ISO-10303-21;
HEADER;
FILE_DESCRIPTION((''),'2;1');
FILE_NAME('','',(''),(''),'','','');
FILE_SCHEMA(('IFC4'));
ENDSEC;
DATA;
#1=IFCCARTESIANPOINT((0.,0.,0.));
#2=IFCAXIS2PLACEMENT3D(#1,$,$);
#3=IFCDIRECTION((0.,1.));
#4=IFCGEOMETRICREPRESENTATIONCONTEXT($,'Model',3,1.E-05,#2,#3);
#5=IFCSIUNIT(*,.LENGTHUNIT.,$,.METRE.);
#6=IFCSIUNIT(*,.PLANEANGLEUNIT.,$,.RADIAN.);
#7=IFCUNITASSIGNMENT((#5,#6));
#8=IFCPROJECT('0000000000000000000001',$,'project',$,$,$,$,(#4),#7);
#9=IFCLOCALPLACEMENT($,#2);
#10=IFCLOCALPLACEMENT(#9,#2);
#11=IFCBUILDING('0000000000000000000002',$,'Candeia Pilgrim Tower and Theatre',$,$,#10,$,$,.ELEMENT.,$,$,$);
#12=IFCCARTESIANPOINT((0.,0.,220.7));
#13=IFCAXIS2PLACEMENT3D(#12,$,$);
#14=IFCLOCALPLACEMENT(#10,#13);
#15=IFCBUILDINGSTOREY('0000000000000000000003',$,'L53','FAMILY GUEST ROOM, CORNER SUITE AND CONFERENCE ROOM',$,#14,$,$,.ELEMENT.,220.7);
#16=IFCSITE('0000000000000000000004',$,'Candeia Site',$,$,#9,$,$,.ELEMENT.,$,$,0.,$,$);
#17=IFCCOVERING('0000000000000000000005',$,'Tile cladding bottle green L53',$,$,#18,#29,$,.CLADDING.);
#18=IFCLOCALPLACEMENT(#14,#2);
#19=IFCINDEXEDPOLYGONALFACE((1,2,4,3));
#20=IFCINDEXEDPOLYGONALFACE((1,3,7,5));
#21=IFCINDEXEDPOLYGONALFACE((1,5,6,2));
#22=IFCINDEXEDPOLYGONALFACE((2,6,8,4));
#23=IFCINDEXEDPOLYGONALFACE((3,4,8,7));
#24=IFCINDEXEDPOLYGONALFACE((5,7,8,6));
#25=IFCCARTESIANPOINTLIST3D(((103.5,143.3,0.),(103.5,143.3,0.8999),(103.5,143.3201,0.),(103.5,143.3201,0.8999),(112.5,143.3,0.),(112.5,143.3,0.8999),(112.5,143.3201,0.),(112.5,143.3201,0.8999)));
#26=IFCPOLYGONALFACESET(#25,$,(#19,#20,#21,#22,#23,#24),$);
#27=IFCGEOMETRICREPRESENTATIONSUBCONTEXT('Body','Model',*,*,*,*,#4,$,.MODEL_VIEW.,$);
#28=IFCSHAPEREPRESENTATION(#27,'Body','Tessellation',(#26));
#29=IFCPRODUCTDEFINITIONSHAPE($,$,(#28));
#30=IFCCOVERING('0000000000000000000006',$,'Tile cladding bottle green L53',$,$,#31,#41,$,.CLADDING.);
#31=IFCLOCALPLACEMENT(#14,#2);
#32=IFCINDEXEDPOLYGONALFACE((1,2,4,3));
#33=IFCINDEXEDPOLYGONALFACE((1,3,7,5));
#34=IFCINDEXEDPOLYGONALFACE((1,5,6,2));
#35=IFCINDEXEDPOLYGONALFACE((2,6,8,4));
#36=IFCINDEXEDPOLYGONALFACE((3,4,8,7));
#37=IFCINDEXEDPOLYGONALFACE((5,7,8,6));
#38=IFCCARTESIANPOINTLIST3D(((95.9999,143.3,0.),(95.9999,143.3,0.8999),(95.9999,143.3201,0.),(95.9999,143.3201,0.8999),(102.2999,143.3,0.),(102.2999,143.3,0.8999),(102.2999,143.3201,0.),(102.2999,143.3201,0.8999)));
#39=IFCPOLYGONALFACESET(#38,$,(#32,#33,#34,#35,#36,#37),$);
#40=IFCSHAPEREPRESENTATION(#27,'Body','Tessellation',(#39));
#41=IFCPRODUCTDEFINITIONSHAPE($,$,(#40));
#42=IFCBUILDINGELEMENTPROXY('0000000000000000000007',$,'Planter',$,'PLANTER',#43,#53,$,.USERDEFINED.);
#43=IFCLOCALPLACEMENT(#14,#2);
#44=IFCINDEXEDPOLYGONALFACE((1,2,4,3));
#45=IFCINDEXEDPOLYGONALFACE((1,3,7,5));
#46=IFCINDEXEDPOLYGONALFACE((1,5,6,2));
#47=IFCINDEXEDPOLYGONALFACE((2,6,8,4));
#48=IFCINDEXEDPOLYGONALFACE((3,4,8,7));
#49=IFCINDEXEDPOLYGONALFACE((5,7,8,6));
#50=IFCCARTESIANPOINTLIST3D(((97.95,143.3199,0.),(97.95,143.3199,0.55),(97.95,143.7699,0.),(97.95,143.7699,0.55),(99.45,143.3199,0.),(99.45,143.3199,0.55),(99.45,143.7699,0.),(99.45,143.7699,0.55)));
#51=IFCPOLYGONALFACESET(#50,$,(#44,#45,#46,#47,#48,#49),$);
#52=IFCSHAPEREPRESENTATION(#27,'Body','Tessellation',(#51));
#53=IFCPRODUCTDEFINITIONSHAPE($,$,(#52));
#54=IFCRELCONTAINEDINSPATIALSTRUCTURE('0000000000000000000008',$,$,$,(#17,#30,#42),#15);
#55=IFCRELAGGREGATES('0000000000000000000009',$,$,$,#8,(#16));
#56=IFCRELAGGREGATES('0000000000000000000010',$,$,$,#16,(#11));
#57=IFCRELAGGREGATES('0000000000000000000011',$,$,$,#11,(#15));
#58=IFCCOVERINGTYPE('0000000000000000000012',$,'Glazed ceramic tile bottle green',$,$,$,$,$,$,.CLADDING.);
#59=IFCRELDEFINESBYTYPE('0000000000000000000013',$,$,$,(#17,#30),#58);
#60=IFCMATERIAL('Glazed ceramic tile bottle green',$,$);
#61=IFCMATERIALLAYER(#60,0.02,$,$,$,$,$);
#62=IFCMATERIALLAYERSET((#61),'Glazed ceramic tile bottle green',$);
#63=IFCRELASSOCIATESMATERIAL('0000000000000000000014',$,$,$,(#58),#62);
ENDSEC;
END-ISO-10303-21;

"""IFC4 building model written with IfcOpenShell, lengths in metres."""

from ifc_helpers import new_model, si_unit, direction, frame, origin, origin_2d, place, context, subcontext, project, spatial, rectangle, extrude, material, layer, layer_set, type_object, element, save


model = new_model("IFC4")

# Units and contexts
model_context = context("Model", 3, precision=1e-05, world=origin(), true_north=direction((0.0, 1.0)))
body_context = subcontext(model_context, "Body", "Model", "MODEL_VIEW")
ifc_project = project(units=[si_unit("LENGTHUNIT", "METRE"), si_unit("PLANEANGLEUNIT", "RADIAN")], contexts=[model_context])

# Site, building, storey
site_placement = place(None, origin())
site = spatial("IfcSite", under=ifc_project, at=site_placement, Name="Candeia Site", CompositionType="ELEMENT", RefElevation=0.0)
building_placement = place(site_placement, origin())
building = spatial("IfcBuilding", under=site, at=building_placement, Name="Candeia Pilgrim Tower and Theatre", CompositionType="ELEMENT")
storey_placement = place(building_placement, frame((0.0, 0.0, 220.7)))
storey = spatial("IfcBuildingStorey", under=building, at=storey_placement, Name="L53", Description="FAMILY GUEST ROOM, CORNER SUITE AND CONFERENCE ROOM", CompositionType="ELEMENT", Elevation=220.7)

# Coverings
ifc_material_1 = material(Name="Glazed ceramic tile bottle green")
ifc_layer_1 = layer(ifc_material_1, 0.02)
ifc_layer_set_1 = layer_set([ifc_layer_1], Name="Glazed ceramic tile bottle green")
covering_type = type_object("IfcCoveringType", Name="Glazed ceramic tile bottle green", PredefinedType="CLADDING", material=ifc_layer_set_1)
covering_1_placement = place(storey_placement, frame((108.0, 143.3101, 0.0), z_axis=(0.0, 0.0, 1.0), x_axis=(-1.0, 0.0, 0.0)))
element("IfcCovering", 1, at=covering_1_placement, inside=storey, type_object=covering_type, Name="Tile cladding bottle green L53", PredefinedType="CLADDING", context=body_context, shape_type="SweptSolid", body=[
    extrude(rectangle(XDim=9.0, YDim=0.02, at=origin_2d()), origin(), (0.0, 0.0, 1.0), 0.8999),
])
covering_2_placement = place(storey_placement, frame((99.1499, 143.3101, 0.0), z_axis=(0.0, 0.0, 1.0), x_axis=(-1.0, 0.0, 0.0)))
element("IfcCovering", 2, at=covering_2_placement, inside=storey, type_object=covering_type, Name="Tile cladding bottle green L53", PredefinedType="CLADDING", context=body_context, shape_type="SweptSolid", body=[
    extrude(rectangle(XDim=6.3, YDim=0.02, at=origin_2d()), origin(), (0.0, 0.0, 1.0), 0.8999),
])

# Building element proxy
proxy_placement = place(storey_placement, frame((98.7, 143.5449, 0.0), z_axis=(0.0, 0.0, 1.0), x_axis=(-1.0, 0.0, 0.0)))
element("IfcBuildingElementProxy", 3, at=proxy_placement, inside=storey, Name="Planter", ObjectType="PLANTER", PredefinedType="USERDEFINED", context=body_context, shape_type="SweptSolid", body=[
    extrude(rectangle(XDim=1.5, YDim=0.45, at=origin_2d()), origin(), (0.0, 0.0, 1.0), 0.55),
])

save(model, "model.ifc")
